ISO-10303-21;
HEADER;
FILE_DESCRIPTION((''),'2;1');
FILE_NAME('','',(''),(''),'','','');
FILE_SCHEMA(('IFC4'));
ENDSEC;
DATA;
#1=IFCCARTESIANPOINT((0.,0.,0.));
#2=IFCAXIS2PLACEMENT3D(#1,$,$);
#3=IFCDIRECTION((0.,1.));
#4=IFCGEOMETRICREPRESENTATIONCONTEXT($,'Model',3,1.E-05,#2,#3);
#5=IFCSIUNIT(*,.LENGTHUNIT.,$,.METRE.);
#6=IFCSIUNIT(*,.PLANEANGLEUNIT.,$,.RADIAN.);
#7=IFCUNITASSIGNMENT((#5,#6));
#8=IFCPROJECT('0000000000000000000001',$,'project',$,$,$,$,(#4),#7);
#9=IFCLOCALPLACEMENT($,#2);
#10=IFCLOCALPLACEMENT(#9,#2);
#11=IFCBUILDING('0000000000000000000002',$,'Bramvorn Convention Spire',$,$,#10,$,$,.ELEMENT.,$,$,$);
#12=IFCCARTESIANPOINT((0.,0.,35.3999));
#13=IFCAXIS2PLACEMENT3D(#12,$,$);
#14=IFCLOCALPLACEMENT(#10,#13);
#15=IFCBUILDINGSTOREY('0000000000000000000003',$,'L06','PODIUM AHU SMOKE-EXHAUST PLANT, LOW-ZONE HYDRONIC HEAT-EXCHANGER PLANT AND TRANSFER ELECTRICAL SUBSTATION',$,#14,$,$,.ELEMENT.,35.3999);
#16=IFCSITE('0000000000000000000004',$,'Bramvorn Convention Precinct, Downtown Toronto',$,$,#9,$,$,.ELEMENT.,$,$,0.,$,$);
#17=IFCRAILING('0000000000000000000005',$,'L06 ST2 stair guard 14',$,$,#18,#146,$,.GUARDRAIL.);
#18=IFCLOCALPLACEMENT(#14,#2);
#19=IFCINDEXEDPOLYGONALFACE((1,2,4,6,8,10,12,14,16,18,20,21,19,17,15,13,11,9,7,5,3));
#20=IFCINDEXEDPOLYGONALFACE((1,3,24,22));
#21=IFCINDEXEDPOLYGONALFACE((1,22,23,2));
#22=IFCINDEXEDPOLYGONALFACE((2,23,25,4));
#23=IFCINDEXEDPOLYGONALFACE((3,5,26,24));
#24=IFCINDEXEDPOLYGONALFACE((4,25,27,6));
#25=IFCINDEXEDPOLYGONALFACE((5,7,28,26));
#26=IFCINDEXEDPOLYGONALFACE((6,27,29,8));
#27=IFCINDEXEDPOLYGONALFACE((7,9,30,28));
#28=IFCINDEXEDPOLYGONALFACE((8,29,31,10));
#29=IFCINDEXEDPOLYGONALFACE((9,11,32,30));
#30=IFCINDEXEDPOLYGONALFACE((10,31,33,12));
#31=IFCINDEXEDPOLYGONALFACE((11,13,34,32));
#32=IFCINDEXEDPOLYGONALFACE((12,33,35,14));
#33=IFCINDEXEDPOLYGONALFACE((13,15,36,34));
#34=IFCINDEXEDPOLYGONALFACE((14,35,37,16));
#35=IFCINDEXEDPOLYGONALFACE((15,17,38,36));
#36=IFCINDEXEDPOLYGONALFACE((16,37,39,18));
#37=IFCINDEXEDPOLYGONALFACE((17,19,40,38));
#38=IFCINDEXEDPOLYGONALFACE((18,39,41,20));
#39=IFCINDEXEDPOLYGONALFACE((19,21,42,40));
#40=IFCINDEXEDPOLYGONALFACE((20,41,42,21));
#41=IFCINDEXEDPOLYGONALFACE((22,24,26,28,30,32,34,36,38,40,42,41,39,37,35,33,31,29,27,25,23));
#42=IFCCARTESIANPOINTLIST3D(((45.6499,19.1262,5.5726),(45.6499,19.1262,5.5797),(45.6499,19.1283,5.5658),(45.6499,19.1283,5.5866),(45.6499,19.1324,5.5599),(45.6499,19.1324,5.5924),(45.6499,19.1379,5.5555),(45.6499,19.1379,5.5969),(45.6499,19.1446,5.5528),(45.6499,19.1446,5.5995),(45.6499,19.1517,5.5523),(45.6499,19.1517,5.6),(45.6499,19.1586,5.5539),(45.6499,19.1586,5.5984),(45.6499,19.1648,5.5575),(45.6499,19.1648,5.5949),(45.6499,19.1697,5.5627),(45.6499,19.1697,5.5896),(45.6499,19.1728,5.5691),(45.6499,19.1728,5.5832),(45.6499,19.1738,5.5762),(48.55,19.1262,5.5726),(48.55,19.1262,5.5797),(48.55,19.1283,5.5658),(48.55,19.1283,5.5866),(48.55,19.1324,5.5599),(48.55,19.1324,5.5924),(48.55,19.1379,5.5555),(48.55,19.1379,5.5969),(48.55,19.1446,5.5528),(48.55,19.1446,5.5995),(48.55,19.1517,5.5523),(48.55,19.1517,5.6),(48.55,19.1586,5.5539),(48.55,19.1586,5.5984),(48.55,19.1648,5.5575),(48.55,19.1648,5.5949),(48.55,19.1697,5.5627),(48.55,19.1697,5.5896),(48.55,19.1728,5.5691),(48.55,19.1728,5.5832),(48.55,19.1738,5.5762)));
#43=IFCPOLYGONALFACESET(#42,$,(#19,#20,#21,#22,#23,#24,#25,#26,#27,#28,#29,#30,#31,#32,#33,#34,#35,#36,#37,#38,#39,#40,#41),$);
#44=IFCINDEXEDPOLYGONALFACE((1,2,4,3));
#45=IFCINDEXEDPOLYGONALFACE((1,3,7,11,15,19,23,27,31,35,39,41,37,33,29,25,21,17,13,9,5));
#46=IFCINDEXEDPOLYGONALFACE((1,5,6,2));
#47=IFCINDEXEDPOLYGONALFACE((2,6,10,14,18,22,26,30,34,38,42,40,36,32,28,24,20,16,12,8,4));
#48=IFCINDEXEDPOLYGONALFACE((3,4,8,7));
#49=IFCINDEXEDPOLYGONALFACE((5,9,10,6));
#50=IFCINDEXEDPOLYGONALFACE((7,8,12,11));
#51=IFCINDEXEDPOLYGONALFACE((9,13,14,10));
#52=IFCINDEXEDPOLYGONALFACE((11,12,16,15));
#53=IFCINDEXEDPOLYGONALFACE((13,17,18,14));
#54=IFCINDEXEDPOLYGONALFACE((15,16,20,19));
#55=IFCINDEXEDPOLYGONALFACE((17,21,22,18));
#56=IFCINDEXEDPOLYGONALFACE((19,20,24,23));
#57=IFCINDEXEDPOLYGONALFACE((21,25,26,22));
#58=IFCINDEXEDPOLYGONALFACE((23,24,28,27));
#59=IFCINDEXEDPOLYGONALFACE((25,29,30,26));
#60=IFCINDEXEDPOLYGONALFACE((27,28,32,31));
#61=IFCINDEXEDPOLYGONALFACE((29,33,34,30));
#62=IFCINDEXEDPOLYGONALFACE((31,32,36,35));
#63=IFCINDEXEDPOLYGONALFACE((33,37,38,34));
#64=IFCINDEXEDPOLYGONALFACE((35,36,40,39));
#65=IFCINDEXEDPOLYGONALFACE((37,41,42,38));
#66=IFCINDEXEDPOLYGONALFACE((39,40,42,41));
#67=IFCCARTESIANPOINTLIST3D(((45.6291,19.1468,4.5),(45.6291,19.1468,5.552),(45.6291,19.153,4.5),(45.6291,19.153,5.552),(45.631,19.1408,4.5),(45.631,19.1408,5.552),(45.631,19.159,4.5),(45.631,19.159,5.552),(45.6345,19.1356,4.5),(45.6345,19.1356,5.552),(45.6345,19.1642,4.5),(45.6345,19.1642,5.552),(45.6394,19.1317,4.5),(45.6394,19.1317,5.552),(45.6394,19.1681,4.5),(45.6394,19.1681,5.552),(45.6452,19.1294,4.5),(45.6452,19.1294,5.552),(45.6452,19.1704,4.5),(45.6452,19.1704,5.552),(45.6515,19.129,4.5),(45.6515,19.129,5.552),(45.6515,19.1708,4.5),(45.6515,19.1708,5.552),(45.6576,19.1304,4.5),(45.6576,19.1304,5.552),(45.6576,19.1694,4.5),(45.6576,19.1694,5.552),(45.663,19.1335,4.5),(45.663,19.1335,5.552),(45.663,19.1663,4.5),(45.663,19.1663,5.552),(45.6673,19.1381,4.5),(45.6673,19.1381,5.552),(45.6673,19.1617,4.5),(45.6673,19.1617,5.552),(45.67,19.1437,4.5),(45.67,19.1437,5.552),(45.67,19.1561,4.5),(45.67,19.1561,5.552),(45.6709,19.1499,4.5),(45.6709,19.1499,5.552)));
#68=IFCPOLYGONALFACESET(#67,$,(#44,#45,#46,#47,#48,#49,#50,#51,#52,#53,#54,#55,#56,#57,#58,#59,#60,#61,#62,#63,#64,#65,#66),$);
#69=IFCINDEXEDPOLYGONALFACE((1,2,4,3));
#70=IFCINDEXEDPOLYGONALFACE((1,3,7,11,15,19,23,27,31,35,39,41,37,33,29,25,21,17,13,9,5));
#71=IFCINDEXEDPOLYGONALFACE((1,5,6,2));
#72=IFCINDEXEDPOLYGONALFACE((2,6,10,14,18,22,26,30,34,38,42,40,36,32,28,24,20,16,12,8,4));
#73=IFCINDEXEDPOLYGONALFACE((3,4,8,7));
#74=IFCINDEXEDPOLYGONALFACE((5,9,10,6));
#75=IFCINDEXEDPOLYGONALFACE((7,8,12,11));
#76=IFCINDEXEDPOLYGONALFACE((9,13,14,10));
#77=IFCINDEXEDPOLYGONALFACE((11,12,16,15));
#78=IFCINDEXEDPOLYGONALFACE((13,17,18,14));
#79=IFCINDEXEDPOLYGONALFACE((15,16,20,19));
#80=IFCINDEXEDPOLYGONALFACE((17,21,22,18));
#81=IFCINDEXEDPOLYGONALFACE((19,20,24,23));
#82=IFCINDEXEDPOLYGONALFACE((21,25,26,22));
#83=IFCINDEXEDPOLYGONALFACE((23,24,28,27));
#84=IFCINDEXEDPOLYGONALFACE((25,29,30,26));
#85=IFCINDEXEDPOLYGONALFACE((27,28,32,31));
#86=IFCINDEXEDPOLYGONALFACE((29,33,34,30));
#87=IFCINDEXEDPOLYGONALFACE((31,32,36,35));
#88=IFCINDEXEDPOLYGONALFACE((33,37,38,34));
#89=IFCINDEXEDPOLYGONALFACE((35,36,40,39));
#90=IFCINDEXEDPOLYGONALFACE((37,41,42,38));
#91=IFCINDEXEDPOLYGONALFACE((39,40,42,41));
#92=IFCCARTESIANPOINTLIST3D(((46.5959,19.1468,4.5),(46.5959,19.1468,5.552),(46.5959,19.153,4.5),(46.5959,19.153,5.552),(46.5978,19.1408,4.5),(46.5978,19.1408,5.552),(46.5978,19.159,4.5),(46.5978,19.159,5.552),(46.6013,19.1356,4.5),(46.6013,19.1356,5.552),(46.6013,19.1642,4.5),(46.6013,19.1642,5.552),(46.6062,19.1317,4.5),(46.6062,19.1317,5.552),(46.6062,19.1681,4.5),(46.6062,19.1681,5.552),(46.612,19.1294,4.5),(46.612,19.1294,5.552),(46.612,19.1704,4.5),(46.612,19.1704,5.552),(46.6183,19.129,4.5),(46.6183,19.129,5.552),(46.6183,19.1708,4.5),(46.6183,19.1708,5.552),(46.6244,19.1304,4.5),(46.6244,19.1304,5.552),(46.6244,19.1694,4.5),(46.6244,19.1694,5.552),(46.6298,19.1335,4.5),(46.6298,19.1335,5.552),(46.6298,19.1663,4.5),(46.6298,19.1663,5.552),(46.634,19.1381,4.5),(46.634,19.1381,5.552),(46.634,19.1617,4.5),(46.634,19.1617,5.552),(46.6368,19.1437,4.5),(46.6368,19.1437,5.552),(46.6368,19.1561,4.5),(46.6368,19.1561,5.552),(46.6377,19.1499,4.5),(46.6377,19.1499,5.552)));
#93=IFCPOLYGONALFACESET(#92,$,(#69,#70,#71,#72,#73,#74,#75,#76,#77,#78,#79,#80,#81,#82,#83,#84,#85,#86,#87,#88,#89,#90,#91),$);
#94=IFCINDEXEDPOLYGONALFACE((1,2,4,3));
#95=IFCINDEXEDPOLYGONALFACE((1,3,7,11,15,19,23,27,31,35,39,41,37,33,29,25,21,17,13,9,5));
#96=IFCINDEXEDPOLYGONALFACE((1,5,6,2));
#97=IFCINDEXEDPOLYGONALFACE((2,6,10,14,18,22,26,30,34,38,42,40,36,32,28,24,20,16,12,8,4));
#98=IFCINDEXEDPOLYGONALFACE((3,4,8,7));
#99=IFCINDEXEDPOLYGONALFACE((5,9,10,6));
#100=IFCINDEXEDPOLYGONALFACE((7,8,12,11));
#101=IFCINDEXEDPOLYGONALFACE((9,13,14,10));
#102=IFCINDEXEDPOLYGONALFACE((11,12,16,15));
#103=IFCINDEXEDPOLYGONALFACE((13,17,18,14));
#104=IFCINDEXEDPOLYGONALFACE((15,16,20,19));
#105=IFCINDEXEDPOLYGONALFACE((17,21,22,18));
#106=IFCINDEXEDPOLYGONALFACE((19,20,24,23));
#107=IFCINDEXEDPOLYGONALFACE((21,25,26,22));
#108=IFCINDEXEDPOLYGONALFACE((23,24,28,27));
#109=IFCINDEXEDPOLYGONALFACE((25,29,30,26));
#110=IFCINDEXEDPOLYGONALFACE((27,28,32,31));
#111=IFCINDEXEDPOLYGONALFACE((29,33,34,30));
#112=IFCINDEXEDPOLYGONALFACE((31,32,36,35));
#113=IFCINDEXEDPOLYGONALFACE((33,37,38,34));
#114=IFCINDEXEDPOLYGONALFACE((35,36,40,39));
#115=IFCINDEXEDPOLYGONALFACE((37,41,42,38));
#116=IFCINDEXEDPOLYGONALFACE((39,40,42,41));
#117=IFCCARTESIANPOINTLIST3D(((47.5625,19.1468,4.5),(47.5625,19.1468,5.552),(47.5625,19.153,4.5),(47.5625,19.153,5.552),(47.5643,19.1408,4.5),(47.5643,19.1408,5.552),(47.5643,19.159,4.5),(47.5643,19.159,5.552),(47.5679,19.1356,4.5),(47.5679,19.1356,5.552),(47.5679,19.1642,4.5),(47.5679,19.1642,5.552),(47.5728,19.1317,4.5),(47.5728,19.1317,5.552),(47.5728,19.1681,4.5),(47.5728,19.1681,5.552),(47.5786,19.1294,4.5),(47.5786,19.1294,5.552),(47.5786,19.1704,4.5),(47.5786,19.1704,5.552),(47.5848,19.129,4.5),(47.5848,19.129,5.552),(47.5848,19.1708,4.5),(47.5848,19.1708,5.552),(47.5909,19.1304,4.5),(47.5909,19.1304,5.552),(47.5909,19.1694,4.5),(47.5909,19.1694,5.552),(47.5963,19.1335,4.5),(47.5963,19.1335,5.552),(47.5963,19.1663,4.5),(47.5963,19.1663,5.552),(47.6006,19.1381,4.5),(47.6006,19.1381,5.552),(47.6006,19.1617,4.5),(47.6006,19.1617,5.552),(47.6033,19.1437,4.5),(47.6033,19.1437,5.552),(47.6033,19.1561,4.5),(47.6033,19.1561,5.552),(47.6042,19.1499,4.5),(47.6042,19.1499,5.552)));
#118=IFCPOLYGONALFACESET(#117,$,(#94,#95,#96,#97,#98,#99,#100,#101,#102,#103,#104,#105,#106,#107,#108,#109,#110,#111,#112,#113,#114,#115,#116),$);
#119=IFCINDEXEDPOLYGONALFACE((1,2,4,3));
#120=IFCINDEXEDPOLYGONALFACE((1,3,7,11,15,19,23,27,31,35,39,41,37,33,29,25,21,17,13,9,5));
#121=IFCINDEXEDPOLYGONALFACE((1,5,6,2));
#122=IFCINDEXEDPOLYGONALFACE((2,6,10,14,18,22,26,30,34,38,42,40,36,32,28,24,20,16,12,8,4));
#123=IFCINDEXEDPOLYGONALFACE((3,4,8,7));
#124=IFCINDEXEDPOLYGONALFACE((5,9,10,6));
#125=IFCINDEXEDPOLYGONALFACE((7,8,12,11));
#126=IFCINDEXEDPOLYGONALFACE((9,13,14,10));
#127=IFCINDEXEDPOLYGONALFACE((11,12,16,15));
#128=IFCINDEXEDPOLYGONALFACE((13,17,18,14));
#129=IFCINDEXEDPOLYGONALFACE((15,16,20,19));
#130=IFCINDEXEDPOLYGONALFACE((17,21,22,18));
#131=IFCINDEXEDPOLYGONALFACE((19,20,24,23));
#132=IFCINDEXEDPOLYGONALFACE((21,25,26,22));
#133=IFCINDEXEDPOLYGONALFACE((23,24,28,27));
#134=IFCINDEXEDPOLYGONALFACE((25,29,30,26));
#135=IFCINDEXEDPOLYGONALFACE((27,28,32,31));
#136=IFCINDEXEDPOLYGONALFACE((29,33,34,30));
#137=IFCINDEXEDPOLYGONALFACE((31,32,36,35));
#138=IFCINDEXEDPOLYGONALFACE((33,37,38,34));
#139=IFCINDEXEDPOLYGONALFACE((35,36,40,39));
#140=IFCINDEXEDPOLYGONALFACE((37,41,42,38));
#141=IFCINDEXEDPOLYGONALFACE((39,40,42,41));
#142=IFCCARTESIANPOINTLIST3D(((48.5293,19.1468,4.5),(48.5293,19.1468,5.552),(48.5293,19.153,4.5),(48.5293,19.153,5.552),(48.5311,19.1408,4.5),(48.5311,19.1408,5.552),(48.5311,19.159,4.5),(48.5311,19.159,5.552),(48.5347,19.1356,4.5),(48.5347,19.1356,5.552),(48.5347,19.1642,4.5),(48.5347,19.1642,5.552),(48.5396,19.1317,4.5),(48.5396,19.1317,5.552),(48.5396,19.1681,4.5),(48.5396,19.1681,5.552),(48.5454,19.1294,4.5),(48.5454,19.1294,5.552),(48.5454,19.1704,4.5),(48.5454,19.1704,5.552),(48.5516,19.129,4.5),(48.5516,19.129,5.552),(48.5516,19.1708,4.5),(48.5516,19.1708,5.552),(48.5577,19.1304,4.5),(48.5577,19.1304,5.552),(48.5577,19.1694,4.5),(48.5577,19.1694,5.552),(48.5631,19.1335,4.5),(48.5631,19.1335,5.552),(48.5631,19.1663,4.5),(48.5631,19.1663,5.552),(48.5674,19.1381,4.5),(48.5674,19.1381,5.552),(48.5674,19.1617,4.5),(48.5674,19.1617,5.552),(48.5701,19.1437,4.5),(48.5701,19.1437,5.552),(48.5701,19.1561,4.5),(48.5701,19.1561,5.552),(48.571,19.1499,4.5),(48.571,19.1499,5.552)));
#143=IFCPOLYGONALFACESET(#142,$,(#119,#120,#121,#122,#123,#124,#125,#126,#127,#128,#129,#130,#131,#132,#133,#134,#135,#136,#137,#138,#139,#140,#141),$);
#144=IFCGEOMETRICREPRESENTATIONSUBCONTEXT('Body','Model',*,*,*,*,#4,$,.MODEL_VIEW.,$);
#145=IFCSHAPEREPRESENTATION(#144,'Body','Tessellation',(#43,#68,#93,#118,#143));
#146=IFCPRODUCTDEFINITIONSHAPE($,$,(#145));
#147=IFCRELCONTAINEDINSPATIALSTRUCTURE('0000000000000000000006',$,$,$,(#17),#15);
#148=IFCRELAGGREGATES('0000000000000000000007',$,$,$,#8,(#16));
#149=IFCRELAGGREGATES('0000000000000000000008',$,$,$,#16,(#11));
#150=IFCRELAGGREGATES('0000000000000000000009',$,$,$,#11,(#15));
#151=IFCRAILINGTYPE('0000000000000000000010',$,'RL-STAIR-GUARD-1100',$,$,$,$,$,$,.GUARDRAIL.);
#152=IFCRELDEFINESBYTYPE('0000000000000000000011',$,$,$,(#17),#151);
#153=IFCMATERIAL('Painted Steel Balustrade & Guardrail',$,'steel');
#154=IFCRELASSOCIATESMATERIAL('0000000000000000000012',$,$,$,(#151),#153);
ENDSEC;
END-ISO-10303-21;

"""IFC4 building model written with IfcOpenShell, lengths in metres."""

from ifc_helpers import new_model, si_unit, direction, frame, origin, origin_2d, place, context, subcontext, project, spatial, circle, extrude, material, type_object, element, save


model = new_model("IFC4")

# Units and contexts
model_context = context("Model", 3, precision=1e-05, world=origin(), true_north=direction((0.0, 1.0)))
body_context = subcontext(model_context, "Body", "Model", "MODEL_VIEW")
ifc_project = project(units=[si_unit("LENGTHUNIT", "METRE"), si_unit("PLANEANGLEUNIT", "RADIAN")], contexts=[model_context])

# Site, building, storey
site_placement = place(None, origin())
site = spatial("IfcSite", under=ifc_project, at=site_placement, Name="Bramvorn Convention Precinct, Downtown Toronto", CompositionType="ELEMENT", RefElevation=0.0)
building_placement = place(site_placement, origin())
building = spatial("IfcBuilding", under=site, at=building_placement, Name="Bramvorn Convention Spire", CompositionType="ELEMENT")
storey_placement = place(building_placement, frame((0.0, 0.0, 35.3999)))
storey = spatial("IfcBuildingStorey", under=building, at=storey_placement, Name="L06", Description="PODIUM AHU SMOKE-EXHAUST PLANT, LOW-ZONE HYDRONIC HEAT-EXCHANGER PLANT AND TRANSFER ELECTRICAL SUBSTATION", CompositionType="ELEMENT", Elevation=35.3999)

# Railing
ifc_material_1 = material(Name="Painted Steel Balustrade & Guardrail", Category="steel")
railing_type_1 = type_object("IfcRailingType", Name="RL-STAIR-GUARD-1100", PredefinedType="GUARDRAIL", material=ifc_material_1)
railing_1_placement = place(storey_placement, frame((45.6499, 19.1499, 4.5)))
element("IfcRailing", 1, at=railing_1_placement, inside=storey, type_object=railing_type_1, Name="L06 ST2 stair guard 14", PredefinedType="GUARDRAIL", context=body_context, shape_type="SweptSolid", body=[
    extrude(circle(Radius=0.0239, at=origin_2d()), frame((0.0, 0.0, 1.0762), z_axis=(1.0, 0.0, 0.0), x_axis=(0.0, 1.0, 0.0)), (0.0, 0.0, 1.0), 2.9001),
    extrude(circle(Radius=0.021, at=origin_2d()), origin(), (0.0, 0.0, 1.0), 1.052),
    extrude(circle(Radius=0.021, at=origin_2d()), frame((0.9668, 0.0, 0.0)), (0.0, 0.0, 1.0), 1.052),
    extrude(circle(Radius=0.021, at=origin_2d()), frame((1.9333, 0.0, 0.0)), (0.0, 0.0, 1.0), 1.052),
    extrude(circle(Radius=0.021, at=origin_2d()), frame((2.9001, 0.0, 0.0)), (0.0, 0.0, 1.0), 1.052),
])

save(model, "model.ifc")
